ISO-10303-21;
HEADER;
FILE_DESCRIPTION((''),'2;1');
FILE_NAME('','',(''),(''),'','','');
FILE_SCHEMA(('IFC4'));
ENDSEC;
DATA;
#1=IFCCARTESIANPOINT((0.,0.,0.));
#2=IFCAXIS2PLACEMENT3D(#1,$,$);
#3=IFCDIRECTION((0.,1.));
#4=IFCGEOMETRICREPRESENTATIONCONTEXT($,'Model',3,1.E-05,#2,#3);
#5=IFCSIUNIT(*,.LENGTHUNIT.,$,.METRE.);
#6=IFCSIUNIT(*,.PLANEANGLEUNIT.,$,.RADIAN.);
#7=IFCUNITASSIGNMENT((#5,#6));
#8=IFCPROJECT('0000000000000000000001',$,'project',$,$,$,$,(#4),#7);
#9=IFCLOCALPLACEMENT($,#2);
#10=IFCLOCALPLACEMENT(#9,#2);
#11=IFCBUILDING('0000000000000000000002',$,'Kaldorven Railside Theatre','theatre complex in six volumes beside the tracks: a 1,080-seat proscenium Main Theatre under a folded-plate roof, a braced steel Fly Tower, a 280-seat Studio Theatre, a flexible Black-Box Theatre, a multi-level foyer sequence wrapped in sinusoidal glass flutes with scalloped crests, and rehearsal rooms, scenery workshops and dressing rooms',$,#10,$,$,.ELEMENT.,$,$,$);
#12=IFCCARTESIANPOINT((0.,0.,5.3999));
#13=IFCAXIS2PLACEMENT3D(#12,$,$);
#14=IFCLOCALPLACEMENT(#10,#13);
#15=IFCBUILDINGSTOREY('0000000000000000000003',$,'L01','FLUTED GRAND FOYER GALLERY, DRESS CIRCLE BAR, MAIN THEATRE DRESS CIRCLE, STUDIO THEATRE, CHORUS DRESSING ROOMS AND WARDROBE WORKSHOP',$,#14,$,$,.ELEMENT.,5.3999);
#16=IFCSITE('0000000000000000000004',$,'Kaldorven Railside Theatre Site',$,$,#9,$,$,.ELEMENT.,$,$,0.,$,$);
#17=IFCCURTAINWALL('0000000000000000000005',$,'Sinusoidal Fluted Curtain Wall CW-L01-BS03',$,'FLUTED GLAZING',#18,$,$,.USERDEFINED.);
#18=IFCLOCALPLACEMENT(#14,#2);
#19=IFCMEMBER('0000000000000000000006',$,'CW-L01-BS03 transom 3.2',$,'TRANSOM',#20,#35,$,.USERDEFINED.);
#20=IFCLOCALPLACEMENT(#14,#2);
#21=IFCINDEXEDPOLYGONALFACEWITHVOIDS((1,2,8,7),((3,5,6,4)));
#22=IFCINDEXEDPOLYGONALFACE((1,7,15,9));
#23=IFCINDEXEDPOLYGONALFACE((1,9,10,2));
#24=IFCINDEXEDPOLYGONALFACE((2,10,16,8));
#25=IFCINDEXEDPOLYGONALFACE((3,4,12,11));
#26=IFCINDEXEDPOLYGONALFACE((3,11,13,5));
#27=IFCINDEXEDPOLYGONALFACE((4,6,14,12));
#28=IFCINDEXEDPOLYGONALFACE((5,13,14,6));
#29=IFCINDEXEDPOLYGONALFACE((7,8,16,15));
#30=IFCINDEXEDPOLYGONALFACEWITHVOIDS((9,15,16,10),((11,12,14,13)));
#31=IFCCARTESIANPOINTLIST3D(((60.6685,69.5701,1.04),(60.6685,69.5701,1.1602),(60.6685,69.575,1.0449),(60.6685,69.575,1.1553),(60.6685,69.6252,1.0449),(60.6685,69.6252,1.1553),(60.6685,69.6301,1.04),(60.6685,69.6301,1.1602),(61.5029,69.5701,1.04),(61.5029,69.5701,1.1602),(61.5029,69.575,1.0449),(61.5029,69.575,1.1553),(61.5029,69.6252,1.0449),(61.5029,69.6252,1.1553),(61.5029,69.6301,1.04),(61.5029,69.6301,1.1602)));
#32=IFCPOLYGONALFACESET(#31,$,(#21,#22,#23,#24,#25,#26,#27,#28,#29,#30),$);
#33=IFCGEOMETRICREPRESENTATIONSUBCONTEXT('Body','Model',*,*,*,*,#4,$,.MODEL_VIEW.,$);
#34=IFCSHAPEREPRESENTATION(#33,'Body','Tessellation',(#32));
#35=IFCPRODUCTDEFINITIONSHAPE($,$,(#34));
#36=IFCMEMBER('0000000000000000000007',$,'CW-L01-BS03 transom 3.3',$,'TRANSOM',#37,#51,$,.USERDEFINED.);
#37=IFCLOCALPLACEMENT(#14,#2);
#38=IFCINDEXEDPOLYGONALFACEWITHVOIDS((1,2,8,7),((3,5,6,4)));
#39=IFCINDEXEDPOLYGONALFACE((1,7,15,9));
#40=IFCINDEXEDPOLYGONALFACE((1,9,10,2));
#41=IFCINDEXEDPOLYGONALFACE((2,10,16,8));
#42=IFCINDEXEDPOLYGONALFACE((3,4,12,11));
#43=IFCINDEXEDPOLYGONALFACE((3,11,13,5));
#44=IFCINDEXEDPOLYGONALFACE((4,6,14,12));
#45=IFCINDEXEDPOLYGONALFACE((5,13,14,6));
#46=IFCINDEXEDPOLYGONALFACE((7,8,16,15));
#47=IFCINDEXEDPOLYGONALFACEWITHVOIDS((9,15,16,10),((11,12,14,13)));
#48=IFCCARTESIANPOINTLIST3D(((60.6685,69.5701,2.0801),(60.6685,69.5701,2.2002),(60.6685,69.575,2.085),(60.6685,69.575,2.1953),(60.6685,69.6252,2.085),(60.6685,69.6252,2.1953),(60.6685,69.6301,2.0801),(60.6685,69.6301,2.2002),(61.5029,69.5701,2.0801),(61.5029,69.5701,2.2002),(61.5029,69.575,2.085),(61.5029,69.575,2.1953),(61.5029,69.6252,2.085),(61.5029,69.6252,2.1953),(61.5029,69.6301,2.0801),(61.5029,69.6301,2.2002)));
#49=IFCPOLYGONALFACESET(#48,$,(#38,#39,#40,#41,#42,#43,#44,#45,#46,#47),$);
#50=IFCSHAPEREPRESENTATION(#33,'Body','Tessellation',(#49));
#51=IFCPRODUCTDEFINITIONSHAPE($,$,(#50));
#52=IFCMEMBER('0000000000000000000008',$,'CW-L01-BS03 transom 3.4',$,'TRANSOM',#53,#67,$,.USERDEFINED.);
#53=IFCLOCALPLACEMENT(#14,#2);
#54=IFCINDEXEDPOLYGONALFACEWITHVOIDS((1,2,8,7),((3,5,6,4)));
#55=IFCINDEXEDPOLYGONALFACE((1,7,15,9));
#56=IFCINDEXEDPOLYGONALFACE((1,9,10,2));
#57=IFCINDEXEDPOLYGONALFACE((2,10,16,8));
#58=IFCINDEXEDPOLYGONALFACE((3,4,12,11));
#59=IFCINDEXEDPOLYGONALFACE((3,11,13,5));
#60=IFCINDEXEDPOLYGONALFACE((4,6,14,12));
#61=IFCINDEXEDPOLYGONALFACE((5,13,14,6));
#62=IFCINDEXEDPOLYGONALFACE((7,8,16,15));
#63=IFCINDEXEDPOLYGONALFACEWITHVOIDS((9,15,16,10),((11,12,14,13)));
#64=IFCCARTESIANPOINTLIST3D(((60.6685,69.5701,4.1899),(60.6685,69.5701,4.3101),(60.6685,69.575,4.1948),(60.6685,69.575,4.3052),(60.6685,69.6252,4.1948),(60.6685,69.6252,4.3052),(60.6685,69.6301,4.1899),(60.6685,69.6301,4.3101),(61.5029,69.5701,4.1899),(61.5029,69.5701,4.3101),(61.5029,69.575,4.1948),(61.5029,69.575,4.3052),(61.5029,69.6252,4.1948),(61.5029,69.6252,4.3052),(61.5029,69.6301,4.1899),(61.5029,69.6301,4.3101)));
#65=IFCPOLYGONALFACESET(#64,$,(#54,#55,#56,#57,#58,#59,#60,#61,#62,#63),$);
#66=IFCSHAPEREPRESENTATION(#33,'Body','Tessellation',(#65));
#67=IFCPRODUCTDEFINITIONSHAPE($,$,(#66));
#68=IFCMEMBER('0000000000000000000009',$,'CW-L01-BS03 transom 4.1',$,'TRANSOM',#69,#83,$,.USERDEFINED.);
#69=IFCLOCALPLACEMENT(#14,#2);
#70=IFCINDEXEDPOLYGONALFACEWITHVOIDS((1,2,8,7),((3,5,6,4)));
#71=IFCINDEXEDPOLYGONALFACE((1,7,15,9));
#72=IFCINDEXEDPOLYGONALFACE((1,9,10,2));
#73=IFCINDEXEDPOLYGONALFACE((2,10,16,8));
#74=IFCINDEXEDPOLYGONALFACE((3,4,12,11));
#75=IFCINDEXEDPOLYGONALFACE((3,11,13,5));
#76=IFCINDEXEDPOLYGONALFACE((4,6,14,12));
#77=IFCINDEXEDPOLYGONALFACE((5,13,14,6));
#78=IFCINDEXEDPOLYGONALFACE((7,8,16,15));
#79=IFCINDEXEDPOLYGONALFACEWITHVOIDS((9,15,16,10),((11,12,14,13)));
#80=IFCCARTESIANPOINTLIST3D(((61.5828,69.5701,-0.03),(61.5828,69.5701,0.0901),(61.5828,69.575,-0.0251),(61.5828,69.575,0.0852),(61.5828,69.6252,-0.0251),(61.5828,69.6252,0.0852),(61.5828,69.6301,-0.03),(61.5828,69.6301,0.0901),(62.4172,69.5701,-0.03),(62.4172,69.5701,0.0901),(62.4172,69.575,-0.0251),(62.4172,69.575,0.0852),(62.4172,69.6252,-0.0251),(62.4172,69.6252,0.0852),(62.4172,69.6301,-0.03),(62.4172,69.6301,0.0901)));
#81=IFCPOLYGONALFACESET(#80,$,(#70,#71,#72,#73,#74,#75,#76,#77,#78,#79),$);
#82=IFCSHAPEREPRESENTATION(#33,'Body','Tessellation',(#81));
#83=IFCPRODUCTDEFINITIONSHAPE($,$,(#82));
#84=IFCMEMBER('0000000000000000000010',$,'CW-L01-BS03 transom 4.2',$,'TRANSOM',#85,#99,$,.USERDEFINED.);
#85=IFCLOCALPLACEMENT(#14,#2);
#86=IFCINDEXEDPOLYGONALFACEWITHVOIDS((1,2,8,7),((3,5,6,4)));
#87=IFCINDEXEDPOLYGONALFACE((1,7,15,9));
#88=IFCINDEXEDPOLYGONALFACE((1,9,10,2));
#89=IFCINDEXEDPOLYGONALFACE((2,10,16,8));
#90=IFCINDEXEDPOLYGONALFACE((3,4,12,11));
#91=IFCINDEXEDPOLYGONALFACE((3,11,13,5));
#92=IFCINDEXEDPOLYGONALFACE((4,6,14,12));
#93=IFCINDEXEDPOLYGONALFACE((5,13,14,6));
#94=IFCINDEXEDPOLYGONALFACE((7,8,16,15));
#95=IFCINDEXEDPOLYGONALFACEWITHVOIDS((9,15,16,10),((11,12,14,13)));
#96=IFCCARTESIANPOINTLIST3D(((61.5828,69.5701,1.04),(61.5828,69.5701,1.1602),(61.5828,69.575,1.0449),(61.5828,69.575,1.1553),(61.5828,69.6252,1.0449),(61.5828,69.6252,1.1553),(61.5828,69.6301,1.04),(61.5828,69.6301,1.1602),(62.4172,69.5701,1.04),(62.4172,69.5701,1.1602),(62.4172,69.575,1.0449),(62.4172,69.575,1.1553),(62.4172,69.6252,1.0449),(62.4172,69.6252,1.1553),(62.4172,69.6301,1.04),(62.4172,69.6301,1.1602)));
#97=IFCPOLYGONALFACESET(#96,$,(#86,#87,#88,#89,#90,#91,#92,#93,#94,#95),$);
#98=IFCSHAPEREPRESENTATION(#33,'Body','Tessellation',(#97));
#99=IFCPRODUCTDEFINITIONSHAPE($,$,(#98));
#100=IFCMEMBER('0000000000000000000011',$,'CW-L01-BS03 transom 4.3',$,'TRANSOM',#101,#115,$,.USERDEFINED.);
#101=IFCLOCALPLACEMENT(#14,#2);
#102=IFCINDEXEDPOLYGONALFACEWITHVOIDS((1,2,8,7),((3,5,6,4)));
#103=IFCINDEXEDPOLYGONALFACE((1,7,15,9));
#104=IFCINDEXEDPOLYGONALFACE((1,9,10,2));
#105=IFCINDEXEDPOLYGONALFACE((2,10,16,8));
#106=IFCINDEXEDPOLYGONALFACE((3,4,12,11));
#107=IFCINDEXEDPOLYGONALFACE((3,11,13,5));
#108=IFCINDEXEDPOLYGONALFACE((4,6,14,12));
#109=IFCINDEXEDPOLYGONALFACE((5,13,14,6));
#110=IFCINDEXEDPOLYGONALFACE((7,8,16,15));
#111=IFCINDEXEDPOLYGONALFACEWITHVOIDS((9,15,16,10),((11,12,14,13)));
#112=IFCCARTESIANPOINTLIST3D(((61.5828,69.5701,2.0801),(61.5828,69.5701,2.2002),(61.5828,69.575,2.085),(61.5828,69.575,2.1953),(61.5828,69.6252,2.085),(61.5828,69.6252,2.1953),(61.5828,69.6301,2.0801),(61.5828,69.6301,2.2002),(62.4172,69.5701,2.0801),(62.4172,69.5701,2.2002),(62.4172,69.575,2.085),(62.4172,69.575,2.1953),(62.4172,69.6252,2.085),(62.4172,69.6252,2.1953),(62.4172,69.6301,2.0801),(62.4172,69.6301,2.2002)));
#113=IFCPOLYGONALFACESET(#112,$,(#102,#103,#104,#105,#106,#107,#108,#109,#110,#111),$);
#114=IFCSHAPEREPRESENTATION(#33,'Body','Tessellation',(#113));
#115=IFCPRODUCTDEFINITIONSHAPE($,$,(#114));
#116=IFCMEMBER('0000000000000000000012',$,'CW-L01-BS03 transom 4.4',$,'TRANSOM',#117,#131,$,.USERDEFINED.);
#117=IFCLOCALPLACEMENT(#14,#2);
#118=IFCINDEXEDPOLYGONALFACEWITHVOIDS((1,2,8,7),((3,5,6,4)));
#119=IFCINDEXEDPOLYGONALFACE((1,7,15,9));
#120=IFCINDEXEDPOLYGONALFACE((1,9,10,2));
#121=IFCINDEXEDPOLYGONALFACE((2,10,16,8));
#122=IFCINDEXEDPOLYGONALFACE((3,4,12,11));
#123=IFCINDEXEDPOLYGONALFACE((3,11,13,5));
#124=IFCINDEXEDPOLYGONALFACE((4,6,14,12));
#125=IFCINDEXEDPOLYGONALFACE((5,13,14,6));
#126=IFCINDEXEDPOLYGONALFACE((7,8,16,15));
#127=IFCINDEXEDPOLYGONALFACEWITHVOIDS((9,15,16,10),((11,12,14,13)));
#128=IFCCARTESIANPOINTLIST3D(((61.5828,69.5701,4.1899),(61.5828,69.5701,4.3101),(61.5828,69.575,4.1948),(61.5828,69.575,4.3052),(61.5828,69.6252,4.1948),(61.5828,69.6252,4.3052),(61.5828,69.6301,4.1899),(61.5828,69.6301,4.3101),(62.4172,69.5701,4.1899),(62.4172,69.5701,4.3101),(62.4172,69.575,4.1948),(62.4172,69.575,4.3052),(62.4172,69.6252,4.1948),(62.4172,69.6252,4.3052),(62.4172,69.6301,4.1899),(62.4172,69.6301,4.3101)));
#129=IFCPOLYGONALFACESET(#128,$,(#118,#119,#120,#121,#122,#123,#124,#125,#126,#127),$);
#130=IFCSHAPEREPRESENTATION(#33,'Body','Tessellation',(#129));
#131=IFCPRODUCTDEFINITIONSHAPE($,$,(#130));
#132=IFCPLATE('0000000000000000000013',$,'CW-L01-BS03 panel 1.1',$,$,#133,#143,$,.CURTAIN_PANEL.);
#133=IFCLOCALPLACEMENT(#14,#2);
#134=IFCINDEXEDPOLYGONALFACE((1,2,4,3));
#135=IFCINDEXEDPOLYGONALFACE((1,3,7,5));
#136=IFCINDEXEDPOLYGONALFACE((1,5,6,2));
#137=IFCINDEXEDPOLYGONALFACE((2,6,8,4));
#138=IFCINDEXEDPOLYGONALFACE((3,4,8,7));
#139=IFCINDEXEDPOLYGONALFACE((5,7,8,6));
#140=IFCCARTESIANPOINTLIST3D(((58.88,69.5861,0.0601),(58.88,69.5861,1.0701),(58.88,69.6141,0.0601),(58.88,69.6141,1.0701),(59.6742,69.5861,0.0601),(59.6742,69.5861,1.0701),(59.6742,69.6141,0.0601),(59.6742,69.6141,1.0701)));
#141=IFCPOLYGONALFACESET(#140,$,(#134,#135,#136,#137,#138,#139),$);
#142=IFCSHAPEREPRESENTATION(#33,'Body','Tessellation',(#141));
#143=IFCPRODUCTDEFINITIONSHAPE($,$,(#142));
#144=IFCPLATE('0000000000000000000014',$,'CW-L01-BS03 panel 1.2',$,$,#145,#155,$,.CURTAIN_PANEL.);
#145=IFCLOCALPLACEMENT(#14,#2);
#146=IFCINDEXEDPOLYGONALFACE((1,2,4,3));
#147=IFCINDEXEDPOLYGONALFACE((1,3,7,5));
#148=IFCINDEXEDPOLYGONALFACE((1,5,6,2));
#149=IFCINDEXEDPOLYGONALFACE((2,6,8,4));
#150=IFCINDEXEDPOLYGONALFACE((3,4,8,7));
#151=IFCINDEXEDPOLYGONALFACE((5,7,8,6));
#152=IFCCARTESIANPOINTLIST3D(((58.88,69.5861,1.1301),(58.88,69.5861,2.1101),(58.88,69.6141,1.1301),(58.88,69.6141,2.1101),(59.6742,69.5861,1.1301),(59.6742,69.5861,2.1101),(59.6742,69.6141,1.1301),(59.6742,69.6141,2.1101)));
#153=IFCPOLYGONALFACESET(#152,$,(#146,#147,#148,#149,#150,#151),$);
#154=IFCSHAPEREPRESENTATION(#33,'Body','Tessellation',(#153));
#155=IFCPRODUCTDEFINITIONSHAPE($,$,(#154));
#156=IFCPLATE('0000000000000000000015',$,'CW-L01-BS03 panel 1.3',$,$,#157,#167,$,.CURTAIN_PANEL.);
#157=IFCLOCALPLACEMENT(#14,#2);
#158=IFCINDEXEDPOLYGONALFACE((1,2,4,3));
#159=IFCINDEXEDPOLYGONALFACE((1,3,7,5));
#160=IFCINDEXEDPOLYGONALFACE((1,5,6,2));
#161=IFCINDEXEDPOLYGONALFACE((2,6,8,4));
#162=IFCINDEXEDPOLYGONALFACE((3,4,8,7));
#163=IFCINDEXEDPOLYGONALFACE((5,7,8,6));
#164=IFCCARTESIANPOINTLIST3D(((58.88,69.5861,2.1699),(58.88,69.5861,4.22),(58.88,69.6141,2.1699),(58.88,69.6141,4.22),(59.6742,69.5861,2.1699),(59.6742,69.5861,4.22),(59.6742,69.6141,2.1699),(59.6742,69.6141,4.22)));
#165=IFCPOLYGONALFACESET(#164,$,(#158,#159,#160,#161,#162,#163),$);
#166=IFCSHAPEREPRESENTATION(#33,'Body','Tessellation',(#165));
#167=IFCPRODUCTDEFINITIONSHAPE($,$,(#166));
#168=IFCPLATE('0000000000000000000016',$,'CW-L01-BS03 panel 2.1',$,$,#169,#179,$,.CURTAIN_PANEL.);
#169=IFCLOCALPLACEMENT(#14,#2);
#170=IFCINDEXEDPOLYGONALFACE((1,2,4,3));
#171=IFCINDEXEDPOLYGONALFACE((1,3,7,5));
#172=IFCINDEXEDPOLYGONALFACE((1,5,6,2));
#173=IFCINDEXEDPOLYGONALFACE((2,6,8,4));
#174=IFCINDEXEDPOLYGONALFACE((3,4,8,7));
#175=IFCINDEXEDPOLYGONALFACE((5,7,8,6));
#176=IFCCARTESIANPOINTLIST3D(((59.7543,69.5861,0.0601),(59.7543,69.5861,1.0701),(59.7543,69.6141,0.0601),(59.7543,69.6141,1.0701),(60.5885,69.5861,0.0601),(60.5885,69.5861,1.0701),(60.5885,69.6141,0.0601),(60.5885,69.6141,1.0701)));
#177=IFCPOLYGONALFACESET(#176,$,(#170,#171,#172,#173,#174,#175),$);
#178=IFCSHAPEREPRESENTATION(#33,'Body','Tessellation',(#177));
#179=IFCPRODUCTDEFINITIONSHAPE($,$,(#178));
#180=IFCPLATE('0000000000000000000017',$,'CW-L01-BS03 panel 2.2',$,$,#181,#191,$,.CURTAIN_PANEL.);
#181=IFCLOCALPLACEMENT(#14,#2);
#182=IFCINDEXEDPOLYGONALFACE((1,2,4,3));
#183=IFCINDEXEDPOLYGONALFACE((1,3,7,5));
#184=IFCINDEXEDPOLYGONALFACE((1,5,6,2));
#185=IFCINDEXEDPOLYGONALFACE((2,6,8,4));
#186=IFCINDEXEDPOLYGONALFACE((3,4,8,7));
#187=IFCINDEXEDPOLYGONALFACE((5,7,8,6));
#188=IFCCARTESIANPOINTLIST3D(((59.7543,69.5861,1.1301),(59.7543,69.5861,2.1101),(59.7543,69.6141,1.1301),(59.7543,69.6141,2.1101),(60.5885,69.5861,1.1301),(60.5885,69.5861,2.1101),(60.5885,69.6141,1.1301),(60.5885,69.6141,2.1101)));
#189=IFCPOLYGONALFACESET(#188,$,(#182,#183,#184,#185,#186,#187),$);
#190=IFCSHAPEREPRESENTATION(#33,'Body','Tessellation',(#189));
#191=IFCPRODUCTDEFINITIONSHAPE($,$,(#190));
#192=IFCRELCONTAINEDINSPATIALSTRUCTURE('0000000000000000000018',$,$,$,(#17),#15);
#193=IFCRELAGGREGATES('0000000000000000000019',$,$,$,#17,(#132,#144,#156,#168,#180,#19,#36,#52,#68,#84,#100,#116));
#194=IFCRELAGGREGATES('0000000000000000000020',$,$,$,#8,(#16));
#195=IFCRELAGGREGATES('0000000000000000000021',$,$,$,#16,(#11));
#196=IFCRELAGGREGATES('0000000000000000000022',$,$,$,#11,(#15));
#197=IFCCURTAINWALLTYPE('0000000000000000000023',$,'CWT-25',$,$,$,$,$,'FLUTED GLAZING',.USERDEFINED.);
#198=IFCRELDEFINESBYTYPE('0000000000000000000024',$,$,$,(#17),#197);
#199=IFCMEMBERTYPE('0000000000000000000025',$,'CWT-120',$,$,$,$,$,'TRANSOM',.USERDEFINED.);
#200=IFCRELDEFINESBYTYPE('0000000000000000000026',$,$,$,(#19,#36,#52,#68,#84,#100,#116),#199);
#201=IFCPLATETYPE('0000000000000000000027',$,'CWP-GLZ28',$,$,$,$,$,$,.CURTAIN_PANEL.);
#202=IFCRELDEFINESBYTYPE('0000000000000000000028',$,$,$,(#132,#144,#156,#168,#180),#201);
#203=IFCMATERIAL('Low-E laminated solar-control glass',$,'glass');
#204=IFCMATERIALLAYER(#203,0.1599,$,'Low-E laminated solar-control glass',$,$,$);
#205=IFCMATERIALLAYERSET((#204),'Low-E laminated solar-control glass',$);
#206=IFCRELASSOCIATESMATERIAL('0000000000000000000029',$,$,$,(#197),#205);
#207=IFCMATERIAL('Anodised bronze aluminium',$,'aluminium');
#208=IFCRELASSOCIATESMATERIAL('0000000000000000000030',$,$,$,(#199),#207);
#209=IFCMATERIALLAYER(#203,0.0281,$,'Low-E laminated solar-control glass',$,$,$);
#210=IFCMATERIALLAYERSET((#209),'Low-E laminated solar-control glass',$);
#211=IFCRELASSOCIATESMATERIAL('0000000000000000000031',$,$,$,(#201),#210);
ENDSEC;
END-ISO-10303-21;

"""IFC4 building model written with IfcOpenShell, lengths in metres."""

from ifc_helpers import new_model, si_unit, direction, frame, origin, origin_2d, place, context, subcontext, project, spatial, rectangle, hollow_rectangle, extrude, material, layer, layer_set, material_profile, profile_set, type_object, element, aggregate, save


model = new_model("IFC4")

# Units and contexts
model_context = context("Model", 3, precision=1e-05, world=origin(), true_north=direction((0.0, 1.0)))
body_context = subcontext(model_context, "Body", "Model", "MODEL_VIEW")
ifc_project = project(units=[si_unit("LENGTHUNIT", "METRE"), si_unit("PLANEANGLEUNIT", "RADIAN")], contexts=[model_context])

# Site, building, storey
site_placement = place(None, origin())
site = spatial("IfcSite", under=ifc_project, at=site_placement, Name="Kaldorven Railside Theatre Site", CompositionType="ELEMENT", RefElevation=0.0)
building_placement = place(site_placement, origin())
building = spatial("IfcBuilding", under=site, at=building_placement, Name="Kaldorven Railside Theatre", Description="theatre complex in six volumes beside the tracks: a 1,080-seat proscenium Main Theatre under a folded-plate roof, a braced steel Fly Tower, a 280-seat Studio Theatre, a flexible Black-Box Theatre, a multi-level foyer sequence wrapped in sinusoidal glass flutes with scalloped crests, and rehearsal rooms, scenery workshops and dressing rooms", CompositionType="ELEMENT")
storey_placement = place(building_placement, frame((0.0, 0.0, 5.3999)))
storey = spatial("IfcBuildingStorey", under=building, at=storey_placement, Name="L01", Description="FLUTED GRAND FOYER GALLERY, DRESS CIRCLE BAR, MAIN THEATRE DRESS CIRCLE, STUDIO THEATRE, CHORUS DRESSING ROOMS AND WARDROBE WORKSHOP", CompositionType="ELEMENT", Elevation=5.3999)

# Curtain wall, members, plates
ifc_material_1 = material(Name="Low-E laminated solar-control glass", Category="glass")
ifc_layer_1 = layer(ifc_material_1, 0.1599, Name="Low-E laminated solar-control glass")
ifc_layer_set_1 = layer_set([ifc_layer_1], Name="Low-E laminated solar-control glass")
curtain_wall_type = type_object("IfcCurtainWallType", Name="CWT-25", ElementType="FLUTED GLAZING", PredefinedType="USERDEFINED", material=ifc_layer_set_1)
curtain_wall_placement = place(storey_placement, origin())
curtain_wall = element("IfcCurtainWall", 1, at=curtain_wall_placement, inside=storey, type_object=curtain_wall_type, Name="Sinusoidal Fluted Curtain Wall CW-L01-BS03", ObjectType="FLUTED GLAZING", PredefinedType="USERDEFINED")
ifc_material_2 = material(Name="Anodised bronze aluminium", Category="aluminium")
ifc_material_profile_1 = material_profile(ifc_material_2, hollow_rectangle(XDim=0.0601, YDim=0.1201, WallThickness=0.0049, at=origin_2d()), Name="RHS 120x60x5")
ifc_profile_set_1 = profile_set([ifc_material_profile_1], Name="Anodised bronze aluminium")
member_type_1 = type_object("IfcMemberType", Name="CWT-120", ElementType="TRANSOM", PredefinedType="USERDEFINED", material=ifc_profile_set_1)
member_1_placement = place(storey_placement, frame((60.6685, 69.6001, 1.1001), z_axis=(1.0, 0.0, 0.0), x_axis=(0.0, 1.0, 0.0)))
member_1 = element("IfcMember", 2, at=member_1_placement, type_object=member_type_1, Name="CW-L01-BS03 transom 3.2", ObjectType="TRANSOM", PredefinedType="USERDEFINED", context=body_context, shape_type="SweptSolid", body=[
    extrude(hollow_rectangle(XDim=0.0601, YDim=0.1201, WallThickness=0.0049, at=origin_2d()), origin(), (0.0, 0.0, 1.0), 0.8345),
])
member_2_placement = place(storey_placement, frame((60.6685, 69.6001, 2.1401), z_axis=(1.0, 0.0, 0.0), x_axis=(0.0, 1.0, 0.0)))
member_2 = element("IfcMember", 3, at=member_2_placement, type_object=member_type_1, Name="CW-L01-BS03 transom 3.3", ObjectType="TRANSOM", PredefinedType="USERDEFINED", context=body_context, shape_type="SweptSolid", body=[
    extrude(hollow_rectangle(XDim=0.0601, YDim=0.1201, WallThickness=0.0049, at=origin_2d()), origin(), (0.0, 0.0, 1.0), 0.8345),
])
member_3_placement = place(storey_placement, frame((60.6685, 69.6001, 4.25), z_axis=(1.0, 0.0, 0.0), x_axis=(0.0, 1.0, 0.0)))
member_3 = element("IfcMember", 4, at=member_3_placement, type_object=member_type_1, Name="CW-L01-BS03 transom 3.4", ObjectType="TRANSOM", PredefinedType="USERDEFINED", context=body_context, shape_type="SweptSolid", body=[
    extrude(hollow_rectangle(XDim=0.0601, YDim=0.1201, WallThickness=0.0049, at=origin_2d()), origin(), (0.0, 0.0, 1.0), 0.8345),
])
member_4_placement = place(storey_placement, frame((61.5828, 69.6001, 0.03), z_axis=(1.0, 0.0, 0.0), x_axis=(0.0, 1.0, 0.0)))
member_4 = element("IfcMember", 5, at=member_4_placement, type_object=member_type_1, Name="CW-L01-BS03 transom 4.1", ObjectType="TRANSOM", PredefinedType="USERDEFINED", context=body_context, shape_type="SweptSolid", body=[
    extrude(hollow_rectangle(XDim=0.0601, YDim=0.1201, WallThickness=0.0049, at=origin_2d()), origin(), (0.0, 0.0, 1.0), 0.8345),
])
member_5_placement = place(storey_placement, frame((61.5828, 69.6001, 1.1001), z_axis=(1.0, 0.0, 0.0), x_axis=(0.0, 1.0, 0.0)))
member_5 = element("IfcMember", 6, at=member_5_placement, type_object=member_type_1, Name="CW-L01-BS03 transom 4.2", ObjectType="TRANSOM", PredefinedType="USERDEFINED", context=body_context, shape_type="SweptSolid", body=[
    extrude(hollow_rectangle(XDim=0.0601, YDim=0.1201, WallThickness=0.0049, at=origin_2d()), origin(), (0.0, 0.0, 1.0), 0.8345),
])
member_6_placement = place(storey_placement, frame((61.5828, 69.6001, 2.1401), z_axis=(1.0, 0.0, 0.0), x_axis=(0.0, 1.0, 0.0)))
member_6 = element("IfcMember", 7, at=member_6_placement, type_object=member_type_1, Name="CW-L01-BS03 transom 4.3", ObjectType="TRANSOM", PredefinedType="USERDEFINED", context=body_context, shape_type="SweptSolid", body=[
    extrude(hollow_rectangle(XDim=0.0601, YDim=0.1201, WallThickness=0.0049, at=origin_2d()), origin(), (0.0, 0.0, 1.0), 0.8345),
])
member_7_placement = place(storey_placement, frame((61.5828, 69.6001, 4.25), z_axis=(1.0, 0.0, 0.0), x_axis=(0.0, 1.0, 0.0)))
member_7 = element("IfcMember", 8, at=member_7_placement, type_object=member_type_1, Name="CW-L01-BS03 transom 4.4", ObjectType="TRANSOM", PredefinedType="USERDEFINED", context=body_context, shape_type="SweptSolid", body=[
    extrude(hollow_rectangle(XDim=0.0601, YDim=0.1201, WallThickness=0.0049, at=origin_2d()), origin(), (0.0, 0.0, 1.0), 0.8345),
])
ifc_layer_2 = layer(ifc_material_1, 0.0281, Name="Low-E laminated solar-control glass")
ifc_layer_set_2 = layer_set([ifc_layer_2], Name="Low-E laminated solar-control glass")
plate_type = type_object("IfcPlateType", Name="CWP-GLZ28", PredefinedType="CURTAIN_PANEL", material=ifc_layer_set_2)
plate_1_placement = place(storey_placement, frame((59.2771, 69.6001, 0.0601), z_axis=(0.0, 0.0, 1.0), x_axis=(1.0, 0.0, 0.0)))
plate_1 = element("IfcPlate", 9, at=plate_1_placement, type_object=plate_type, Name="CW-L01-BS03 panel 1.1", PredefinedType="CURTAIN_PANEL", context=body_context, shape_type="SweptSolid", body=[
    extrude(rectangle(XDim=0.7942, YDim=0.0281, at=origin_2d()), origin(), (0.0, 0.0, 1.0), 1.01),
])
plate_2_placement = place(storey_placement, frame((59.2771, 69.6001, 1.1301), z_axis=(0.0, 0.0, 1.0), x_axis=(1.0, 0.0, 0.0)))
plate_2 = element("IfcPlate", 10, at=plate_2_placement, type_object=plate_type, Name="CW-L01-BS03 panel 1.2", PredefinedType="CURTAIN_PANEL", context=body_context, shape_type="SweptSolid", body=[
    extrude(rectangle(XDim=0.7942, YDim=0.0281, at=origin_2d()), origin(), (0.0, 0.0, 1.0), 0.98),
])
plate_3_placement = place(storey_placement, frame((59.2771, 69.6001, 2.1699), z_axis=(0.0, 0.0, 1.0), x_axis=(1.0, 0.0, 0.0)))
plate_3 = element("IfcPlate", 11, at=plate_3_placement, type_object=plate_type, Name="CW-L01-BS03 panel 1.3", PredefinedType="CURTAIN_PANEL", context=body_context, shape_type="SweptSolid", body=[
    extrude(rectangle(XDim=0.7942, YDim=0.0281, at=origin_2d()), origin(), (0.0, 0.0, 1.0), 2.05),
])
plate_4_placement = place(storey_placement, frame((60.1714, 69.6001, 0.0601), z_axis=(0.0, 0.0, 1.0), x_axis=(1.0, 0.0, 0.0)))
plate_4 = element("IfcPlate", 12, at=plate_4_placement, type_object=plate_type, Name="CW-L01-BS03 panel 2.1", PredefinedType="CURTAIN_PANEL", context=body_context, shape_type="SweptSolid", body=[
    extrude(rectangle(XDim=0.8342, YDim=0.0281, at=origin_2d()), origin(), (0.0, 0.0, 1.0), 1.01),
])
plate_5_placement = place(storey_placement, frame((60.1714, 69.6001, 1.1301), z_axis=(0.0, 0.0, 1.0), x_axis=(1.0, 0.0, 0.0)))
plate_5 = element("IfcPlate", 13, at=plate_5_placement, type_object=plate_type, Name="CW-L01-BS03 panel 2.2", PredefinedType="CURTAIN_PANEL", context=body_context, shape_type="SweptSolid", body=[
    extrude(rectangle(XDim=0.8342, YDim=0.0281, at=origin_2d()), origin(), (0.0, 0.0, 1.0), 0.98),
])
aggregate(curtain_wall, [plate_1, plate_2, plate_3, plate_4, plate_5, member_1, member_2, member_3, member_4, member_5, member_6, member_7])

save(model, "model.ifc")
